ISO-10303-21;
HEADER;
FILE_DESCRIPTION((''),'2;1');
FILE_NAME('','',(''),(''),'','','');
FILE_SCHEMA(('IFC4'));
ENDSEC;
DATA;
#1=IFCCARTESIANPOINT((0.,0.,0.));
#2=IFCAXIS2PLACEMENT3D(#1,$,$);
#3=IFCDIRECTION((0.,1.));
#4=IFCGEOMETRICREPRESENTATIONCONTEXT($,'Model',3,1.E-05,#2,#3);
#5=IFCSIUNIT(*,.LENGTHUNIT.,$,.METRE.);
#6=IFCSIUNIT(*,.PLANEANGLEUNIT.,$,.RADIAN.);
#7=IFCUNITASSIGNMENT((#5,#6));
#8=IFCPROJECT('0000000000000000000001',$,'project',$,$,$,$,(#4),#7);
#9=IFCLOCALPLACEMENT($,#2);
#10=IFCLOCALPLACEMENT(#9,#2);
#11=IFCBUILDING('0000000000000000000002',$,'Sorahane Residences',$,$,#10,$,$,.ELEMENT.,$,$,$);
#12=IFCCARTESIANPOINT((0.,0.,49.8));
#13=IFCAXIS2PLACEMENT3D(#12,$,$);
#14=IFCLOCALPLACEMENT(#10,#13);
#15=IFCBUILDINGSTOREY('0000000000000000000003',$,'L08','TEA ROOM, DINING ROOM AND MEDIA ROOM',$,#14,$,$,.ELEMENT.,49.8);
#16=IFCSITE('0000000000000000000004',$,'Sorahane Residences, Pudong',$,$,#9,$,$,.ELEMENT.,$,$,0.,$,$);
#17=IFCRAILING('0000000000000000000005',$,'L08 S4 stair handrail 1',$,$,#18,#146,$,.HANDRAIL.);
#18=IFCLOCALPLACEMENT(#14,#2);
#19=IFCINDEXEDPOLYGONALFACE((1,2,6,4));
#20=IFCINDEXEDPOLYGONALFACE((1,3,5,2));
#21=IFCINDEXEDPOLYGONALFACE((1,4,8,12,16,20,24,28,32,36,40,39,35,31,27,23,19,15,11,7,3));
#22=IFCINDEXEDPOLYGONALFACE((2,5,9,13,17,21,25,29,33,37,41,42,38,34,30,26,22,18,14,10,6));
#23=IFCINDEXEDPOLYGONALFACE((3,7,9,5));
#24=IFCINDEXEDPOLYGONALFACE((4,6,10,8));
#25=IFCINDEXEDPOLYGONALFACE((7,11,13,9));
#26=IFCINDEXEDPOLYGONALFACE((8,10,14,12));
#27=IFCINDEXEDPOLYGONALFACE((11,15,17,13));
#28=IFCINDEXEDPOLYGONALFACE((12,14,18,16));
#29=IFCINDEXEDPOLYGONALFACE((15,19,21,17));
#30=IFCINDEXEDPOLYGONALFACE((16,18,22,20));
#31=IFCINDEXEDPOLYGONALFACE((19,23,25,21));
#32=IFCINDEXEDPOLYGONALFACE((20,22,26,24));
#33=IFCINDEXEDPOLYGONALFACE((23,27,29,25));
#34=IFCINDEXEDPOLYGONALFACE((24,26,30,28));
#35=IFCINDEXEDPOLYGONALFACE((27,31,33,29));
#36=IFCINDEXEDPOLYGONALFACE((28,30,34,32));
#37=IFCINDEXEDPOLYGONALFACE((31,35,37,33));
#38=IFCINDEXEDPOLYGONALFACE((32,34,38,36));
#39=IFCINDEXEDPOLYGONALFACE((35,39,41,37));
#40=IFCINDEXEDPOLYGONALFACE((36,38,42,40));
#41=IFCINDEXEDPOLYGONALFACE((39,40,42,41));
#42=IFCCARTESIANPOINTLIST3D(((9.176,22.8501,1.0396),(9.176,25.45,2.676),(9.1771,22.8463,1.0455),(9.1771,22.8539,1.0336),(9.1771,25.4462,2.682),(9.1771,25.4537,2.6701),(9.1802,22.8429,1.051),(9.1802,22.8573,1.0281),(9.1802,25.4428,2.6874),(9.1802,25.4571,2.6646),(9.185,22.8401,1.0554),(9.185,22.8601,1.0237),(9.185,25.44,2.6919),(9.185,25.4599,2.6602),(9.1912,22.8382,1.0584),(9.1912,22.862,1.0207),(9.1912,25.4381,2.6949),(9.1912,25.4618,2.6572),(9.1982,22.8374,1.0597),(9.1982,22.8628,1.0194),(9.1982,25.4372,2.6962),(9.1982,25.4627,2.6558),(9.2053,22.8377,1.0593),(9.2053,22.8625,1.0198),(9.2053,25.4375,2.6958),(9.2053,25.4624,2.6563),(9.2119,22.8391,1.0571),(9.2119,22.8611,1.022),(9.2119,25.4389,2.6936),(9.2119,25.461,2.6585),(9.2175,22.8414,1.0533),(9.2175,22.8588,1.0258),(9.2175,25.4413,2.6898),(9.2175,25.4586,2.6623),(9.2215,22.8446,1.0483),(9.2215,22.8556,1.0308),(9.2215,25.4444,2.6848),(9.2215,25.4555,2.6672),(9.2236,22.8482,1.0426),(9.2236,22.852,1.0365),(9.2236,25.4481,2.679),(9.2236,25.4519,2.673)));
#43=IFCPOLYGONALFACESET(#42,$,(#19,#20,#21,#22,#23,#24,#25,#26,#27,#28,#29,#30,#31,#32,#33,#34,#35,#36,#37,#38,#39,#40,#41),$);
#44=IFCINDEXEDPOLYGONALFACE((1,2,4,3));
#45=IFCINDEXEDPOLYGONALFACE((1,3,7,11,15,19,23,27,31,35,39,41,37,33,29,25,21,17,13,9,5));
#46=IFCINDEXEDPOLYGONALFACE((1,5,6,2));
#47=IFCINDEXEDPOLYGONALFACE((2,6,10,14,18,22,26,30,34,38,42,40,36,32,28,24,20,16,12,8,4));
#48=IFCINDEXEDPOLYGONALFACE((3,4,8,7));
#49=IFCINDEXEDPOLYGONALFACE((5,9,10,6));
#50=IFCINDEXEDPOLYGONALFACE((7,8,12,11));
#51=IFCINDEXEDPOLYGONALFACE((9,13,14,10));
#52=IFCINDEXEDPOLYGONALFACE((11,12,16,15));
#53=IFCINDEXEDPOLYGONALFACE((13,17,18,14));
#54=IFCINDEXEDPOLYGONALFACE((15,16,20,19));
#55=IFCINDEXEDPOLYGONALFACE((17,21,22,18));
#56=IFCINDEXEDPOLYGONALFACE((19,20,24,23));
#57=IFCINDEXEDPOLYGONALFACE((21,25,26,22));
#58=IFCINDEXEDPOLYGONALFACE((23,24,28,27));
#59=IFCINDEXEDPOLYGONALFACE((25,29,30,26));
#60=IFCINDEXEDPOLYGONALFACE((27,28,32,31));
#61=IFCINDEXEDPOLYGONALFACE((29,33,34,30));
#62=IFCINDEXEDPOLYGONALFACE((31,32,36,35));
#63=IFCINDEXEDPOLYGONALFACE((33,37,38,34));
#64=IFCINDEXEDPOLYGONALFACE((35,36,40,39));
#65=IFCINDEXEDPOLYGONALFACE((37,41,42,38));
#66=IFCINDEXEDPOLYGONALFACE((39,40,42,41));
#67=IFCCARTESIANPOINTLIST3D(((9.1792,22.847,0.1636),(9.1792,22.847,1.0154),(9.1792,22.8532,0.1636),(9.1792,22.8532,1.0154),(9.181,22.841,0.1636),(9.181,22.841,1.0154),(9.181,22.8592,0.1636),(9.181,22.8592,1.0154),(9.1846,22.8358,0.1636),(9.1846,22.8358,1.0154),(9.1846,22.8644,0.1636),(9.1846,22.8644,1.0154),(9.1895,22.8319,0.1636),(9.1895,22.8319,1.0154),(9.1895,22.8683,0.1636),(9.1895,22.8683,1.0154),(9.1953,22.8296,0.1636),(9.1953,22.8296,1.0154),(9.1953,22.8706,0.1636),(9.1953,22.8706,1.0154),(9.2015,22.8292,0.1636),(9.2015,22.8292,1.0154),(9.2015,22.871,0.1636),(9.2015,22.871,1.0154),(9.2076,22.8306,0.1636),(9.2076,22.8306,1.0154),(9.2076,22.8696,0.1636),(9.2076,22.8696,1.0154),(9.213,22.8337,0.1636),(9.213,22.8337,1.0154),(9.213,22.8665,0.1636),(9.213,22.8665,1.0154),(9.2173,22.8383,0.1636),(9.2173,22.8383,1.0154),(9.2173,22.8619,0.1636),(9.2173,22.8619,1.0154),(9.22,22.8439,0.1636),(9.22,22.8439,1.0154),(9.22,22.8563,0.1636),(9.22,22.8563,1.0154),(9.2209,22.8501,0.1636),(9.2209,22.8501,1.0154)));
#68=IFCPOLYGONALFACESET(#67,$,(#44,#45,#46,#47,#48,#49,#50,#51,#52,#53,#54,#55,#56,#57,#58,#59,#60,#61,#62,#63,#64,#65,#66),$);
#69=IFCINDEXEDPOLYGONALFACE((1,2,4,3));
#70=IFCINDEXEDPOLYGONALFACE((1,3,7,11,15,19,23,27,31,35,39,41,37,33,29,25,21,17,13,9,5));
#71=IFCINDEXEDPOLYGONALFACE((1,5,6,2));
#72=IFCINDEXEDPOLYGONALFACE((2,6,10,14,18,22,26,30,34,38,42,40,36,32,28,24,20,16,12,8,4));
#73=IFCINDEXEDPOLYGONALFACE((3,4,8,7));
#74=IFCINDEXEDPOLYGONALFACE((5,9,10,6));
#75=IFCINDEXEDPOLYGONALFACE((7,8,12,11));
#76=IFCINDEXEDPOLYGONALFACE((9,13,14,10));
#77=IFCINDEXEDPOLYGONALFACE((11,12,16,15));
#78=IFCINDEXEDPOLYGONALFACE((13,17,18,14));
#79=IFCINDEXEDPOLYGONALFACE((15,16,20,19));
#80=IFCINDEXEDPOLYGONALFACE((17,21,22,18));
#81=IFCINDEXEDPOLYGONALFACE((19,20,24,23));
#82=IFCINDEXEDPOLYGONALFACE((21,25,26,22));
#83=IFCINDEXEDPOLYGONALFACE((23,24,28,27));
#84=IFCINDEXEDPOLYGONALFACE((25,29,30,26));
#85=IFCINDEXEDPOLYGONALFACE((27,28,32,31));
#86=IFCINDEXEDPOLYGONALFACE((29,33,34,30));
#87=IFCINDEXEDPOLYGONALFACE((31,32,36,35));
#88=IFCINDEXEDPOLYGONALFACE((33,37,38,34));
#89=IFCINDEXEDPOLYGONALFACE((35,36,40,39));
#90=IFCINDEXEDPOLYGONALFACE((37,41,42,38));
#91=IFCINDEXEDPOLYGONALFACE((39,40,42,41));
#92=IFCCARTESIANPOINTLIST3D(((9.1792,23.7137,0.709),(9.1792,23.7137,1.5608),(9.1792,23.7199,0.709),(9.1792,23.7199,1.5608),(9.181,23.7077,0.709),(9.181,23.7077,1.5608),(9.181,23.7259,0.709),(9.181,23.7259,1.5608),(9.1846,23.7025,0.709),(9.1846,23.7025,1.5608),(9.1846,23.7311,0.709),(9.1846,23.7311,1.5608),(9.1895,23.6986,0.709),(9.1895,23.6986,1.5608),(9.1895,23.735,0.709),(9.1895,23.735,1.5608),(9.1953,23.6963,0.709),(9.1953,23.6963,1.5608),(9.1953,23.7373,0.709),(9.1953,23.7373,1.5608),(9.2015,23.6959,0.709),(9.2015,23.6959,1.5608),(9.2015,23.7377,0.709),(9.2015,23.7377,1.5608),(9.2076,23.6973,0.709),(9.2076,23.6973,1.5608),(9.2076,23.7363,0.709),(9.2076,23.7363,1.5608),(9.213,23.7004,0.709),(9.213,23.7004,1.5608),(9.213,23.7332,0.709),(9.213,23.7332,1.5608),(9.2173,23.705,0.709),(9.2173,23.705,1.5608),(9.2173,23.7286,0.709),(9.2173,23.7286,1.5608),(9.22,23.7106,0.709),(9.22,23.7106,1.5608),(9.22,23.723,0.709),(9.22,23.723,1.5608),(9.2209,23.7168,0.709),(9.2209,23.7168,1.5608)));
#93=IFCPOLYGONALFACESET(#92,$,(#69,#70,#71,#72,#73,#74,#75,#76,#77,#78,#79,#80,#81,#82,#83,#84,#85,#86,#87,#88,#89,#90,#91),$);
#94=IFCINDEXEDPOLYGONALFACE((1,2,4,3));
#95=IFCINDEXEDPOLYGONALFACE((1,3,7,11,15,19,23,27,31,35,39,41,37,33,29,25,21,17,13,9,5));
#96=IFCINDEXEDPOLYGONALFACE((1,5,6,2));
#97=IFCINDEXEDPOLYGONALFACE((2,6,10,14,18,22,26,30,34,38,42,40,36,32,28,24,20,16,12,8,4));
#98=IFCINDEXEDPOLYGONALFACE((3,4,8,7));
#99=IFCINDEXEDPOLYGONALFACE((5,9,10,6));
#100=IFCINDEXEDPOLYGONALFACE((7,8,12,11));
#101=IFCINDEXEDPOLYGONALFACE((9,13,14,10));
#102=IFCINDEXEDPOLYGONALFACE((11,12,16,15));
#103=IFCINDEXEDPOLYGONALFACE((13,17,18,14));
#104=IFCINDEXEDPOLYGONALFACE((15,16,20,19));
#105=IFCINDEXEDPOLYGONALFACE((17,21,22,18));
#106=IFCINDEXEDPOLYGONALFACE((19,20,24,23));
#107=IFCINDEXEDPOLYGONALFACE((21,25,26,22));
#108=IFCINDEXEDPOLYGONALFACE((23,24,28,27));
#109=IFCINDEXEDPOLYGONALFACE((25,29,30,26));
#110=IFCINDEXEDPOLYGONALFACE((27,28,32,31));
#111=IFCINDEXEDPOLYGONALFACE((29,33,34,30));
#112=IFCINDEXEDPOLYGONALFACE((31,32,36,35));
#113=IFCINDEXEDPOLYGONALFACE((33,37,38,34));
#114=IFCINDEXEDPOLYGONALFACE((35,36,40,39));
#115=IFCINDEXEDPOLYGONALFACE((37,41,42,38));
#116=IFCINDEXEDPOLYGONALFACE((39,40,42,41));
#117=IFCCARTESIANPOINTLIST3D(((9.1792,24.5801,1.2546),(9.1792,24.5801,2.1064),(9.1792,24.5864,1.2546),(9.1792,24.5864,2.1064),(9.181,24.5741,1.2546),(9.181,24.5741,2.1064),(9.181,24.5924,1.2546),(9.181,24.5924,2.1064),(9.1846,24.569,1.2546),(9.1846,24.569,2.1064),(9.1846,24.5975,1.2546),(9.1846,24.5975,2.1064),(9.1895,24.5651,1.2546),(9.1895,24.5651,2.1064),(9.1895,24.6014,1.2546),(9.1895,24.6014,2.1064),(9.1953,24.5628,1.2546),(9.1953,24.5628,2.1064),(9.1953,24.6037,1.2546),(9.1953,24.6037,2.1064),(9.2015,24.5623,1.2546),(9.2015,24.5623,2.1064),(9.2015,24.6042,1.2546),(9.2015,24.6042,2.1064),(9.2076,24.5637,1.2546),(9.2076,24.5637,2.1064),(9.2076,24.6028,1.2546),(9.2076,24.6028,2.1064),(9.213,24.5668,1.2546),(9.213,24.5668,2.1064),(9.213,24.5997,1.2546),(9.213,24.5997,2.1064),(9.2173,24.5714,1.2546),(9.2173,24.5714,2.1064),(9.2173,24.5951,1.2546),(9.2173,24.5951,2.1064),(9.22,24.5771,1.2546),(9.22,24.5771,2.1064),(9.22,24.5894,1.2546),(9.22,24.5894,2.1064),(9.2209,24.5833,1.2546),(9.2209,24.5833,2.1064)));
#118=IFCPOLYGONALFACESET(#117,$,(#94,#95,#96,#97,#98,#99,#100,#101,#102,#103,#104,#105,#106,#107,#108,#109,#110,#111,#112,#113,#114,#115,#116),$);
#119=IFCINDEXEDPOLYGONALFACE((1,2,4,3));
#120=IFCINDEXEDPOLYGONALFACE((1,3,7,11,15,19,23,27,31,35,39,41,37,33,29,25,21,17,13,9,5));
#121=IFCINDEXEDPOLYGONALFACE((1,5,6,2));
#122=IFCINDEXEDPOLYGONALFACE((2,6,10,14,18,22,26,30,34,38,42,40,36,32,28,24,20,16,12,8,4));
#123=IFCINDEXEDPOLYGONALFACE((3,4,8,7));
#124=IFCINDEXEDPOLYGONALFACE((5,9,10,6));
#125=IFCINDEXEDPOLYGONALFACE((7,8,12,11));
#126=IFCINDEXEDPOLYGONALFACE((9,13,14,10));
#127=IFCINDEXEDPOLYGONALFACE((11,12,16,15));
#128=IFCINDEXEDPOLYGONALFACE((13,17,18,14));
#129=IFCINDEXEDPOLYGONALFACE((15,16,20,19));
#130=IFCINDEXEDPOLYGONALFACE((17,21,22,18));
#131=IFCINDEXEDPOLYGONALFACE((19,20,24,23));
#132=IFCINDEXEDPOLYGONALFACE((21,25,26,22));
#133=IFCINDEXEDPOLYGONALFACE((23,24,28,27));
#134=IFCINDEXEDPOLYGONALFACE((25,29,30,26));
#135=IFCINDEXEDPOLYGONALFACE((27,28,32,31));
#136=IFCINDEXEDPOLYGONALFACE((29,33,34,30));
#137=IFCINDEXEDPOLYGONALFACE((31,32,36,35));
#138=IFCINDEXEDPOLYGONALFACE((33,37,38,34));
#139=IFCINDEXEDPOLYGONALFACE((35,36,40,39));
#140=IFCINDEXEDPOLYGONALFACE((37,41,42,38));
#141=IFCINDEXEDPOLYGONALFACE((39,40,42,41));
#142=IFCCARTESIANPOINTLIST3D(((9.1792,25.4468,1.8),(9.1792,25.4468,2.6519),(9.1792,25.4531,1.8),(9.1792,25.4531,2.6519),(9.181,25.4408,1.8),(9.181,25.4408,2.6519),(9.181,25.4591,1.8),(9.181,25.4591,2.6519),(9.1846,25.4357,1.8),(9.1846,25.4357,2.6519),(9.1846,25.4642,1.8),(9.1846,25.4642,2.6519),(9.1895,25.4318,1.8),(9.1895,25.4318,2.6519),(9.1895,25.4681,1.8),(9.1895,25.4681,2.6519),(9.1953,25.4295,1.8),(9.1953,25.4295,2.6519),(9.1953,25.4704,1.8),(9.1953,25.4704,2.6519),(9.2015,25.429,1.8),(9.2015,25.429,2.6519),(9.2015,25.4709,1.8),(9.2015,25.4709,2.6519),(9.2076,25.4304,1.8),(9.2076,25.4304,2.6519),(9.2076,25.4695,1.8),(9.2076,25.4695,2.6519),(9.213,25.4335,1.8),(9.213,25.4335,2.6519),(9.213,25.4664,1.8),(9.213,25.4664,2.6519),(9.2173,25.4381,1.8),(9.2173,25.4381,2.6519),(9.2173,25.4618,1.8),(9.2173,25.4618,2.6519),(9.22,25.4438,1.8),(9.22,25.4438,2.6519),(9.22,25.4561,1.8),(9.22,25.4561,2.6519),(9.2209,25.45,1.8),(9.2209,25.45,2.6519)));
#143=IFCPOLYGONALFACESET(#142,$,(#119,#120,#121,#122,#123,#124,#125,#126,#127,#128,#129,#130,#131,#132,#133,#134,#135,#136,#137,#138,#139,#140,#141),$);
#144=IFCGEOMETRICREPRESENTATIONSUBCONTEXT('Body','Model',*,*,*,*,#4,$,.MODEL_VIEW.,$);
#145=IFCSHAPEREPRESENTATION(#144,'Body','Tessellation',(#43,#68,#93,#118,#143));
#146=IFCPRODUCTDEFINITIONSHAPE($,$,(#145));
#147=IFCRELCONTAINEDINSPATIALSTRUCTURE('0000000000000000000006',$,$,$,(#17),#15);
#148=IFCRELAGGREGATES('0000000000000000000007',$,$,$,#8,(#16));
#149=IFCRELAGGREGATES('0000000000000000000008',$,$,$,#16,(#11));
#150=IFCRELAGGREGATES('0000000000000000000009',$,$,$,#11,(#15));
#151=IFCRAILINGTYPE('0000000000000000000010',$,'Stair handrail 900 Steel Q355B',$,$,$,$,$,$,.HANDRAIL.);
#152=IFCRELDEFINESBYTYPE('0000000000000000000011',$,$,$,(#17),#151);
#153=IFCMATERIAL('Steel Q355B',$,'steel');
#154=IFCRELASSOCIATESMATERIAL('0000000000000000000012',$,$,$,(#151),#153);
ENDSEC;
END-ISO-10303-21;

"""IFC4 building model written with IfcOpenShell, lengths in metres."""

from ifc_helpers import new_model, si_unit, direction, frame, origin, origin_2d, place, context, subcontext, project, spatial, circle, extrude, material, type_object, element, save


model = new_model("IFC4")

# Units and contexts
model_context = context("Model", 3, precision=1e-05, world=origin(), true_north=direction((0.0, 1.0)))
body_context = subcontext(model_context, "Body", "Model", "MODEL_VIEW")
ifc_project = project(units=[si_unit("LENGTHUNIT", "METRE"), si_unit("PLANEANGLEUNIT", "RADIAN")], contexts=[model_context])

# Site, building, storey
site_placement = place(None, origin())
site = spatial("IfcSite", under=ifc_project, at=site_placement, Name="Sorahane Residences, Pudong", CompositionType="ELEMENT", RefElevation=0.0)
building_placement = place(site_placement, origin())
building = spatial("IfcBuilding", under=site, at=building_placement, Name="Sorahane Residences", CompositionType="ELEMENT")
storey_placement = place(building_placement, frame((0.0, 0.0, 49.8)))
storey = spatial("IfcBuildingStorey", under=building, at=storey_placement, Name="L08", Description="TEA ROOM, DINING ROOM AND MEDIA ROOM", CompositionType="ELEMENT", Elevation=49.8)

# Railing
ifc_material_1 = material(Name="Steel Q355B", Category="steel")
railing_type_1 = type_object("IfcRailingType", Name="Stair handrail 900 Steel Q355B", PredefinedType="HANDRAIL", material=ifc_material_1)
railing_1_placement = place(storey_placement, frame((9.2, 22.8501, 0.1636)))
element("IfcRailing", 1, at=railing_1_placement, inside=storey, type_object=railing_type_1, Name="L08 S4 stair handrail 1", PredefinedType="HANDRAIL", context=body_context, shape_type="SweptSolid", body=[
    extrude(circle(Radius=0.0239, at=origin_2d()), frame((0.0, 0.0, 0.876), z_axis=(0.0, 0.846302, 0.532704), x_axis=(-1.0, 0.0, 0.0)), (0.0, 0.0, 1.0), 3.072),
    extrude(circle(Radius=0.021, at=origin_2d()), origin(), (0.0, 0.0, 1.0), 0.8518),
    extrude(circle(Radius=0.021, at=origin_2d()), frame((0.0, 0.8667, 0.5454)), (0.0, 0.0, 1.0), 0.8518),
    extrude(circle(Radius=0.021, at=origin_2d()), frame((0.0, 1.7332, 1.0911)), (0.0, 0.0, 1.0), 0.8518),
    extrude(circle(Radius=0.021, at=origin_2d()), frame((0.0, 2.5999, 1.6365)), (0.0, 0.0, 1.0), 0.8518),
])

save(model, "model.ifc")
